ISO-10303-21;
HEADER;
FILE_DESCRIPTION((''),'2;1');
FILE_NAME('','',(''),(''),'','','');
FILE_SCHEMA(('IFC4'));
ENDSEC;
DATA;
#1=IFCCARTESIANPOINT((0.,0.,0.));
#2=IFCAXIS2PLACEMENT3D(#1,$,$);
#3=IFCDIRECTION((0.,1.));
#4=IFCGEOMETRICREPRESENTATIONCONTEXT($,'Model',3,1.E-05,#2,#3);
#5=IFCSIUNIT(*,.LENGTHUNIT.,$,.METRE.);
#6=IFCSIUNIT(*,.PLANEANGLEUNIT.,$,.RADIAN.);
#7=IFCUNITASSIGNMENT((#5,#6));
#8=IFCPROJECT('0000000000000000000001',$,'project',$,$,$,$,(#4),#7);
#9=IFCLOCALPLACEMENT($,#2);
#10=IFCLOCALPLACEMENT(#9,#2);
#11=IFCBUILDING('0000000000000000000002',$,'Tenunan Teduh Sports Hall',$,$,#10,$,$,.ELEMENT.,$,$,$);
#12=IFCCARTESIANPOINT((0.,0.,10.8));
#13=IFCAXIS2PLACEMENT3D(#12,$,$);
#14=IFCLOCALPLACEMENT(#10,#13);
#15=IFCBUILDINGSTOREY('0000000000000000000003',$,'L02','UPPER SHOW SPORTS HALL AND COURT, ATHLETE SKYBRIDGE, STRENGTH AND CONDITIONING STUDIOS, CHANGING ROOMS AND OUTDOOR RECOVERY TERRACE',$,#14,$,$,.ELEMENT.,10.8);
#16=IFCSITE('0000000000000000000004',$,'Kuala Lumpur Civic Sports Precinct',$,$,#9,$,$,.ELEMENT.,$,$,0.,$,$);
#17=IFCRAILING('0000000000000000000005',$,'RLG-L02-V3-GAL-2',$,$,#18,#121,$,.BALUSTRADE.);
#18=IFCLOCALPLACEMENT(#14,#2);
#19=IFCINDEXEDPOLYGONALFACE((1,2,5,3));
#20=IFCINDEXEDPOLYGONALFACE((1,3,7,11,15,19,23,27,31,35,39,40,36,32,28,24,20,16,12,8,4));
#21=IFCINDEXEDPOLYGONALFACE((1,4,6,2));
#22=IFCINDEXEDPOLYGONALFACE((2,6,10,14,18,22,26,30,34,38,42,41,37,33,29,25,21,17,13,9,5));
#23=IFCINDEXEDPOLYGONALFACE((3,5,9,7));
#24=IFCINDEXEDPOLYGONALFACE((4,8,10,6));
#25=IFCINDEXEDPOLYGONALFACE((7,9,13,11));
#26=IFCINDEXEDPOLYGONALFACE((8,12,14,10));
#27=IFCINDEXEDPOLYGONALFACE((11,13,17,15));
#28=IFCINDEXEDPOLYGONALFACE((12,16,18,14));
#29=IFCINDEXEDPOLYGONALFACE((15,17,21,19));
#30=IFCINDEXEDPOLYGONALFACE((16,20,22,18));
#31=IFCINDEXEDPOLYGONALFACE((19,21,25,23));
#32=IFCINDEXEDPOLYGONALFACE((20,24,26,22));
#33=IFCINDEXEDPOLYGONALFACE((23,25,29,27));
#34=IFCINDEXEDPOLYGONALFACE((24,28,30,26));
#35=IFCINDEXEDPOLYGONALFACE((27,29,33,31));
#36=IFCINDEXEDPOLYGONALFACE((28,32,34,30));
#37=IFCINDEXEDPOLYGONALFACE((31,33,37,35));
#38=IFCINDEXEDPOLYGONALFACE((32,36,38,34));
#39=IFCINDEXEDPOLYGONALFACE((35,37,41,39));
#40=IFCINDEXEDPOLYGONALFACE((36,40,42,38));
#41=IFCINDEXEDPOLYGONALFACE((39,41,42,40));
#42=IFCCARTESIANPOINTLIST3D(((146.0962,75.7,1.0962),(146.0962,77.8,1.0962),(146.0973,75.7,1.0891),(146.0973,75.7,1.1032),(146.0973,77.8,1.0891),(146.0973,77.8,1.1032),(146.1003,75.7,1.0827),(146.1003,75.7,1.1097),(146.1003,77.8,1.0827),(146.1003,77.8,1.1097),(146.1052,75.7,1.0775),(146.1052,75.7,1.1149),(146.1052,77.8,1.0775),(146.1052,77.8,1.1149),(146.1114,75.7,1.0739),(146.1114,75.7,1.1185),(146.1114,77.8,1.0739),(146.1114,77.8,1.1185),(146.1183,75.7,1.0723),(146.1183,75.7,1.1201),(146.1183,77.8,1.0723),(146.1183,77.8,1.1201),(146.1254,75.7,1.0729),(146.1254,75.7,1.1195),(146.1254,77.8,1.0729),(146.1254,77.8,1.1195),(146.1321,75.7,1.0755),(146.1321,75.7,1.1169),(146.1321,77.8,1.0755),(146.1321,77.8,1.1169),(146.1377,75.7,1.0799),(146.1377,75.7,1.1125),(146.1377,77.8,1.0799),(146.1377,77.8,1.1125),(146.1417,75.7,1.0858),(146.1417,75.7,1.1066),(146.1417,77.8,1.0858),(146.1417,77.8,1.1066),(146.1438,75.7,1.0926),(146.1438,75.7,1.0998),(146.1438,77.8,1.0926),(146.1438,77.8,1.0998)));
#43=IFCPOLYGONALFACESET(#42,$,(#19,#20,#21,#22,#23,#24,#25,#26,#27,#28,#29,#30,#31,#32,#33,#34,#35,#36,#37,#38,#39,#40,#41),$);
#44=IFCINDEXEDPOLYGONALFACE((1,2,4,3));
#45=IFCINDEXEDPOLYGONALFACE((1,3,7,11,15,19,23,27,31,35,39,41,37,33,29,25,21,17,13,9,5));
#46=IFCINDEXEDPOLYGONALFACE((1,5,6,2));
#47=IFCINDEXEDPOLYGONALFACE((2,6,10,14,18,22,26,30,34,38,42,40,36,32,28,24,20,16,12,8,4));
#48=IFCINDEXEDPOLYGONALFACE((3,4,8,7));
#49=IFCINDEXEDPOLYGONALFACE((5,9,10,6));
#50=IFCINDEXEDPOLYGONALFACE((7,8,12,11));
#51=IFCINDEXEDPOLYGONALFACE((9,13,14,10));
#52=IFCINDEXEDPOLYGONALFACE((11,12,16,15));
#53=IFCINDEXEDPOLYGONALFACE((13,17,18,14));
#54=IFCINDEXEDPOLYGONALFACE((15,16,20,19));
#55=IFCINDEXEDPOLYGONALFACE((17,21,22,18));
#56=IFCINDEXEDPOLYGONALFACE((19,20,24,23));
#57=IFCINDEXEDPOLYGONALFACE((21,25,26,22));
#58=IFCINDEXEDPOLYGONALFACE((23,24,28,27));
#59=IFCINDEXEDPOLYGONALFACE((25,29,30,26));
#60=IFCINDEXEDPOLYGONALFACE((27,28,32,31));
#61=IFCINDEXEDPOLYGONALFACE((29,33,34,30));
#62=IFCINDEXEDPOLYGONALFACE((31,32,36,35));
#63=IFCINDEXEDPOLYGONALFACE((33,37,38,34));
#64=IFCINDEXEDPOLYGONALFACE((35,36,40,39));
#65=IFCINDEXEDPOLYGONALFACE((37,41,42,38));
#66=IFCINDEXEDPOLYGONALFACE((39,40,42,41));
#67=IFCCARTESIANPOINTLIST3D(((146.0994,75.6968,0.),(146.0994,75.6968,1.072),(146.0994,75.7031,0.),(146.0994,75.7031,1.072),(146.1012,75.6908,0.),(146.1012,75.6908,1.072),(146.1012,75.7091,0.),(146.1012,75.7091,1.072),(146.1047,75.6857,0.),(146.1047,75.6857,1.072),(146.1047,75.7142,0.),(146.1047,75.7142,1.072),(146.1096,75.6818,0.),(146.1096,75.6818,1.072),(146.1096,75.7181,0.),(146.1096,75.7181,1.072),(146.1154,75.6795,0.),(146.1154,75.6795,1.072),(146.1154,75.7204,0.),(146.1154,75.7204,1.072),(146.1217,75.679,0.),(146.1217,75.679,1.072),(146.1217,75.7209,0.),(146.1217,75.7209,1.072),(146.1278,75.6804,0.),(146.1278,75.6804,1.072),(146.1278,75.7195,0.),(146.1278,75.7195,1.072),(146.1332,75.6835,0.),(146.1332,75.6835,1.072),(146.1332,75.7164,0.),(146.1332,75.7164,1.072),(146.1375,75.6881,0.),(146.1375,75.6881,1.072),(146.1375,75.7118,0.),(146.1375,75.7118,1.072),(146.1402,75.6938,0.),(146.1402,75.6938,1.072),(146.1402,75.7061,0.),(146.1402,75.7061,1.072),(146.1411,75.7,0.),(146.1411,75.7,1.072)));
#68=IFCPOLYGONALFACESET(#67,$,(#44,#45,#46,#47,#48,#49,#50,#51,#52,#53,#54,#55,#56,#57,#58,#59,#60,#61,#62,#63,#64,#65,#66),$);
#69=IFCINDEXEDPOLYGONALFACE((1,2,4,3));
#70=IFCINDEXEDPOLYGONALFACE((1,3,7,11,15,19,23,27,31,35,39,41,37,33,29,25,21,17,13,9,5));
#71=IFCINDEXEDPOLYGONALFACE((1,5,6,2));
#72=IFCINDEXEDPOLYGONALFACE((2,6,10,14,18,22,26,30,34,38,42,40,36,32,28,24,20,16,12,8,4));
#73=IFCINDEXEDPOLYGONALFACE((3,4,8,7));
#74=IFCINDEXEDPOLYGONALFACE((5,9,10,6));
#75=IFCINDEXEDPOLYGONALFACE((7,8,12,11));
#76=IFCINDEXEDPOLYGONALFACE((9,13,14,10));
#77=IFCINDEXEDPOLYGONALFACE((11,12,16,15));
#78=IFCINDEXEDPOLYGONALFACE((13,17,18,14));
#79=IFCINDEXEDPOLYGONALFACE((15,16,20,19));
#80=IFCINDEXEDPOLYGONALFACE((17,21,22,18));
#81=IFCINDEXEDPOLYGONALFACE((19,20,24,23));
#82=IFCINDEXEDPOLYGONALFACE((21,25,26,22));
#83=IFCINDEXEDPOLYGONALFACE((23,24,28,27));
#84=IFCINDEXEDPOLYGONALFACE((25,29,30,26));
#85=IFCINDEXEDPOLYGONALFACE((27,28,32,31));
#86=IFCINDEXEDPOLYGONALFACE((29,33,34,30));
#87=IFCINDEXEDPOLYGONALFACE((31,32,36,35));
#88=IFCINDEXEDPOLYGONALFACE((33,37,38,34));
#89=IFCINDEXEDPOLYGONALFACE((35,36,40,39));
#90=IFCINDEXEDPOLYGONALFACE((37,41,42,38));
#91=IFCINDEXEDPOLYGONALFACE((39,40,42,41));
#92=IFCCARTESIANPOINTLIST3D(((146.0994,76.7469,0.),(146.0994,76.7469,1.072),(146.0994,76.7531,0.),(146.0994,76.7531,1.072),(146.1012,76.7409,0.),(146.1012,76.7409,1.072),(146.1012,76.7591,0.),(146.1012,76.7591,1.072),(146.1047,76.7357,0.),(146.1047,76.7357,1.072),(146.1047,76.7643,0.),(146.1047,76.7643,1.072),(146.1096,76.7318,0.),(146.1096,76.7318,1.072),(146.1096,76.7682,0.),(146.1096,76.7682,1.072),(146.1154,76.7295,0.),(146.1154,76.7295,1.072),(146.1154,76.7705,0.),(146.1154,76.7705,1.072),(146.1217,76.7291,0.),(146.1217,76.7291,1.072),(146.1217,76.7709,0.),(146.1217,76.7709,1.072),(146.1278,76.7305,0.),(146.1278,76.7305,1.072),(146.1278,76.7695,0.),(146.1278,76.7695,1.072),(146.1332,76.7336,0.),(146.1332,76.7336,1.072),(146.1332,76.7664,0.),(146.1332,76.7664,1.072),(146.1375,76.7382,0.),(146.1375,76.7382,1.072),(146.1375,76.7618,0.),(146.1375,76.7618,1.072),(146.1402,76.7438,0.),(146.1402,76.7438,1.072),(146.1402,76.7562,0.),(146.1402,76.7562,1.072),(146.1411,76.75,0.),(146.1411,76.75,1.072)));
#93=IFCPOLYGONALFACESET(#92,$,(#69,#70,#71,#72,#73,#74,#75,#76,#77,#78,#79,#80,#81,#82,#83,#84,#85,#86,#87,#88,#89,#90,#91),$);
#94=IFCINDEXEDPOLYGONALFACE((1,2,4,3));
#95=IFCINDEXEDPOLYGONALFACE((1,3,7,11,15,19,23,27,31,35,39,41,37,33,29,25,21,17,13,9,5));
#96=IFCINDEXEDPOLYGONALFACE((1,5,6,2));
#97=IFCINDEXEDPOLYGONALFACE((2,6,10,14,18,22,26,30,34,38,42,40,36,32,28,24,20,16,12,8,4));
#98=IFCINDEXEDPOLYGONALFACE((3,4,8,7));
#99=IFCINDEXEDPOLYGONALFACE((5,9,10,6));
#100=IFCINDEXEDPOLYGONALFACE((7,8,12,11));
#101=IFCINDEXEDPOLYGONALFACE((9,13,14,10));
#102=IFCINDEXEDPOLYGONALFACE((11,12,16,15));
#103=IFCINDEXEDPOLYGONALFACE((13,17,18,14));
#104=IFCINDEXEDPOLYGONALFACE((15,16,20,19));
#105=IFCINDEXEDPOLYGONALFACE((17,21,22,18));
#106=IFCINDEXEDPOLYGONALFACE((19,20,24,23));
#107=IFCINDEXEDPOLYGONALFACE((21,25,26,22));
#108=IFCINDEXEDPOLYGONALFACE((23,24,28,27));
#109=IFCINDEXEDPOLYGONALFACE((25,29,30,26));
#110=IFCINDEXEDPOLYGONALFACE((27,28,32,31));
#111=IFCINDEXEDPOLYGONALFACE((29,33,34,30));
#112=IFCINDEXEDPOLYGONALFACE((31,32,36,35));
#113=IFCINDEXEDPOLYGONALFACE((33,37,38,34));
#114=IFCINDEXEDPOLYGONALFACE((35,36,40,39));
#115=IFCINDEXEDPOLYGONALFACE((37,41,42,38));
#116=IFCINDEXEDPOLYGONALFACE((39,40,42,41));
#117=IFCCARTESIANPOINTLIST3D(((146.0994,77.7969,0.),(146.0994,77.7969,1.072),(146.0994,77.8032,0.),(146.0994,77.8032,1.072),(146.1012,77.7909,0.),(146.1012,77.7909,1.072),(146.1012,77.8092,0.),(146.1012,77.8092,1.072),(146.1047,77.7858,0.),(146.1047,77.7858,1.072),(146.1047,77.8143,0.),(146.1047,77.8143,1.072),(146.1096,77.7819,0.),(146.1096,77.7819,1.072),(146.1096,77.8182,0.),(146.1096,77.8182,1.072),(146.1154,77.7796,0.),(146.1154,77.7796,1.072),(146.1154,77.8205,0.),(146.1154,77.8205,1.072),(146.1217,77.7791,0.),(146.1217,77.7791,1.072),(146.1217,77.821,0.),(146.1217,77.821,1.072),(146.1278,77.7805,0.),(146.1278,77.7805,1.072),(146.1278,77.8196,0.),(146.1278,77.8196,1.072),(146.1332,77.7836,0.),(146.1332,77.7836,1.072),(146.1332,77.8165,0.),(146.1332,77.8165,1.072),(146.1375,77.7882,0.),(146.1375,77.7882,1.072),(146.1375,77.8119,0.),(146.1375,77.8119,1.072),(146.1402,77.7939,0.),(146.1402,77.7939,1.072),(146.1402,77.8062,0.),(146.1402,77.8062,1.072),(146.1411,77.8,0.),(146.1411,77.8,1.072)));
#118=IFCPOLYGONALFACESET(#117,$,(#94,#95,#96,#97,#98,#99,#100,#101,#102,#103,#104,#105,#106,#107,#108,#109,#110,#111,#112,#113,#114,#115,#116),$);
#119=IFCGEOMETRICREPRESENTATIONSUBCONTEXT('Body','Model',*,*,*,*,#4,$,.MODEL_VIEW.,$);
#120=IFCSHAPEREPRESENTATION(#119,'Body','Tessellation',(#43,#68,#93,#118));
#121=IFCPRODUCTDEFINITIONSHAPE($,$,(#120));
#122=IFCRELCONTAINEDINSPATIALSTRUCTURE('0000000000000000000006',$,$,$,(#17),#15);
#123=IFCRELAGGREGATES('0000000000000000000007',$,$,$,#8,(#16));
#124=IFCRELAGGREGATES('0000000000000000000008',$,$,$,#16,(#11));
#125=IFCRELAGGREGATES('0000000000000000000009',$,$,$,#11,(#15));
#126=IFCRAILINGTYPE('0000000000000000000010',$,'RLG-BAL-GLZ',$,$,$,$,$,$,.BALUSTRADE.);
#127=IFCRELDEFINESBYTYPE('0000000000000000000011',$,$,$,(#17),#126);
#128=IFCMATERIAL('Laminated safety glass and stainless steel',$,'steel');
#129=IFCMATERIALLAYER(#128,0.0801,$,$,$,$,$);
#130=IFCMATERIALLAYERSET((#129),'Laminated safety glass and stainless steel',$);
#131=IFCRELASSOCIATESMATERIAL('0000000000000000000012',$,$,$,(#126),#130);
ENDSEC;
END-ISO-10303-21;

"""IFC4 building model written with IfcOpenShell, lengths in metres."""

from ifc_helpers import new_model, si_unit, direction, frame, origin, origin_2d, place, context, subcontext, project, spatial, circle, extrude, material, layer, layer_set, type_object, element, save


model = new_model("IFC4")

# Units and contexts
model_context = context("Model", 3, precision=1e-05, world=origin(), true_north=direction((0.0, 1.0)))
body_context = subcontext(model_context, "Body", "Model", "MODEL_VIEW")
ifc_project = project(units=[si_unit("LENGTHUNIT", "METRE"), si_unit("PLANEANGLEUNIT", "RADIAN")], contexts=[model_context])

# Site, building, storey
site_placement = place(None, origin())
site = spatial("IfcSite", under=ifc_project, at=site_placement, Name="Kuala Lumpur Civic Sports Precinct", CompositionType="ELEMENT", RefElevation=0.0)
building_placement = place(site_placement, origin())
building = spatial("IfcBuilding", under=site, at=building_placement, Name="Tenunan Teduh Sports Hall", CompositionType="ELEMENT")
storey_placement = place(building_placement, frame((0.0, 0.0, 10.8)))
storey = spatial("IfcBuildingStorey", under=building, at=storey_placement, Name="L02", Description="UPPER SHOW SPORTS HALL AND COURT, ATHLETE SKYBRIDGE, STRENGTH AND CONDITIONING STUDIOS, CHANGING ROOMS AND OUTDOOR RECOVERY TERRACE", CompositionType="ELEMENT", Elevation=10.8)

# Railing
ifc_material_1 = material(Name="Laminated safety glass and stainless steel", Category="steel")
ifc_layer_1 = layer(ifc_material_1, 0.0801)
ifc_layer_set_1 = layer_set([ifc_layer_1], Name="Laminated safety glass and stainless steel")
railing_type = type_object("IfcRailingType", Name="RLG-BAL-GLZ", PredefinedType="BALUSTRADE", material=ifc_layer_set_1)
railing_placement = place(storey_placement, frame((146.1201, 75.7, 0.0)))
element("IfcRailing", 1, at=railing_placement, inside=storey, type_object=railing_type, Name="RLG-L02-V3-GAL-2", PredefinedType="BALUSTRADE", context=body_context, shape_type="SweptSolid", body=[
    extrude(circle(Radius=0.0239, at=origin_2d()), frame((0.0, 0.0, 1.0962), z_axis=(0.0, 1.0, 0.0), x_axis=(-1.0, 0.0, 0.0)), (0.0, 0.0, 1.0), 2.1001),
    extrude(circle(Radius=0.021, at=origin_2d()), origin(), (0.0, 0.0, 1.0), 1.072),
    extrude(circle(Radius=0.021, at=origin_2d()), frame((0.0, 1.05, 0.0)), (0.0, 0.0, 1.0), 1.072),
    extrude(circle(Radius=0.021, at=origin_2d()), frame((0.0, 2.1001, 0.0)), (0.0, 0.0, 1.0), 1.072),
])

save(model, "model.ifc")
